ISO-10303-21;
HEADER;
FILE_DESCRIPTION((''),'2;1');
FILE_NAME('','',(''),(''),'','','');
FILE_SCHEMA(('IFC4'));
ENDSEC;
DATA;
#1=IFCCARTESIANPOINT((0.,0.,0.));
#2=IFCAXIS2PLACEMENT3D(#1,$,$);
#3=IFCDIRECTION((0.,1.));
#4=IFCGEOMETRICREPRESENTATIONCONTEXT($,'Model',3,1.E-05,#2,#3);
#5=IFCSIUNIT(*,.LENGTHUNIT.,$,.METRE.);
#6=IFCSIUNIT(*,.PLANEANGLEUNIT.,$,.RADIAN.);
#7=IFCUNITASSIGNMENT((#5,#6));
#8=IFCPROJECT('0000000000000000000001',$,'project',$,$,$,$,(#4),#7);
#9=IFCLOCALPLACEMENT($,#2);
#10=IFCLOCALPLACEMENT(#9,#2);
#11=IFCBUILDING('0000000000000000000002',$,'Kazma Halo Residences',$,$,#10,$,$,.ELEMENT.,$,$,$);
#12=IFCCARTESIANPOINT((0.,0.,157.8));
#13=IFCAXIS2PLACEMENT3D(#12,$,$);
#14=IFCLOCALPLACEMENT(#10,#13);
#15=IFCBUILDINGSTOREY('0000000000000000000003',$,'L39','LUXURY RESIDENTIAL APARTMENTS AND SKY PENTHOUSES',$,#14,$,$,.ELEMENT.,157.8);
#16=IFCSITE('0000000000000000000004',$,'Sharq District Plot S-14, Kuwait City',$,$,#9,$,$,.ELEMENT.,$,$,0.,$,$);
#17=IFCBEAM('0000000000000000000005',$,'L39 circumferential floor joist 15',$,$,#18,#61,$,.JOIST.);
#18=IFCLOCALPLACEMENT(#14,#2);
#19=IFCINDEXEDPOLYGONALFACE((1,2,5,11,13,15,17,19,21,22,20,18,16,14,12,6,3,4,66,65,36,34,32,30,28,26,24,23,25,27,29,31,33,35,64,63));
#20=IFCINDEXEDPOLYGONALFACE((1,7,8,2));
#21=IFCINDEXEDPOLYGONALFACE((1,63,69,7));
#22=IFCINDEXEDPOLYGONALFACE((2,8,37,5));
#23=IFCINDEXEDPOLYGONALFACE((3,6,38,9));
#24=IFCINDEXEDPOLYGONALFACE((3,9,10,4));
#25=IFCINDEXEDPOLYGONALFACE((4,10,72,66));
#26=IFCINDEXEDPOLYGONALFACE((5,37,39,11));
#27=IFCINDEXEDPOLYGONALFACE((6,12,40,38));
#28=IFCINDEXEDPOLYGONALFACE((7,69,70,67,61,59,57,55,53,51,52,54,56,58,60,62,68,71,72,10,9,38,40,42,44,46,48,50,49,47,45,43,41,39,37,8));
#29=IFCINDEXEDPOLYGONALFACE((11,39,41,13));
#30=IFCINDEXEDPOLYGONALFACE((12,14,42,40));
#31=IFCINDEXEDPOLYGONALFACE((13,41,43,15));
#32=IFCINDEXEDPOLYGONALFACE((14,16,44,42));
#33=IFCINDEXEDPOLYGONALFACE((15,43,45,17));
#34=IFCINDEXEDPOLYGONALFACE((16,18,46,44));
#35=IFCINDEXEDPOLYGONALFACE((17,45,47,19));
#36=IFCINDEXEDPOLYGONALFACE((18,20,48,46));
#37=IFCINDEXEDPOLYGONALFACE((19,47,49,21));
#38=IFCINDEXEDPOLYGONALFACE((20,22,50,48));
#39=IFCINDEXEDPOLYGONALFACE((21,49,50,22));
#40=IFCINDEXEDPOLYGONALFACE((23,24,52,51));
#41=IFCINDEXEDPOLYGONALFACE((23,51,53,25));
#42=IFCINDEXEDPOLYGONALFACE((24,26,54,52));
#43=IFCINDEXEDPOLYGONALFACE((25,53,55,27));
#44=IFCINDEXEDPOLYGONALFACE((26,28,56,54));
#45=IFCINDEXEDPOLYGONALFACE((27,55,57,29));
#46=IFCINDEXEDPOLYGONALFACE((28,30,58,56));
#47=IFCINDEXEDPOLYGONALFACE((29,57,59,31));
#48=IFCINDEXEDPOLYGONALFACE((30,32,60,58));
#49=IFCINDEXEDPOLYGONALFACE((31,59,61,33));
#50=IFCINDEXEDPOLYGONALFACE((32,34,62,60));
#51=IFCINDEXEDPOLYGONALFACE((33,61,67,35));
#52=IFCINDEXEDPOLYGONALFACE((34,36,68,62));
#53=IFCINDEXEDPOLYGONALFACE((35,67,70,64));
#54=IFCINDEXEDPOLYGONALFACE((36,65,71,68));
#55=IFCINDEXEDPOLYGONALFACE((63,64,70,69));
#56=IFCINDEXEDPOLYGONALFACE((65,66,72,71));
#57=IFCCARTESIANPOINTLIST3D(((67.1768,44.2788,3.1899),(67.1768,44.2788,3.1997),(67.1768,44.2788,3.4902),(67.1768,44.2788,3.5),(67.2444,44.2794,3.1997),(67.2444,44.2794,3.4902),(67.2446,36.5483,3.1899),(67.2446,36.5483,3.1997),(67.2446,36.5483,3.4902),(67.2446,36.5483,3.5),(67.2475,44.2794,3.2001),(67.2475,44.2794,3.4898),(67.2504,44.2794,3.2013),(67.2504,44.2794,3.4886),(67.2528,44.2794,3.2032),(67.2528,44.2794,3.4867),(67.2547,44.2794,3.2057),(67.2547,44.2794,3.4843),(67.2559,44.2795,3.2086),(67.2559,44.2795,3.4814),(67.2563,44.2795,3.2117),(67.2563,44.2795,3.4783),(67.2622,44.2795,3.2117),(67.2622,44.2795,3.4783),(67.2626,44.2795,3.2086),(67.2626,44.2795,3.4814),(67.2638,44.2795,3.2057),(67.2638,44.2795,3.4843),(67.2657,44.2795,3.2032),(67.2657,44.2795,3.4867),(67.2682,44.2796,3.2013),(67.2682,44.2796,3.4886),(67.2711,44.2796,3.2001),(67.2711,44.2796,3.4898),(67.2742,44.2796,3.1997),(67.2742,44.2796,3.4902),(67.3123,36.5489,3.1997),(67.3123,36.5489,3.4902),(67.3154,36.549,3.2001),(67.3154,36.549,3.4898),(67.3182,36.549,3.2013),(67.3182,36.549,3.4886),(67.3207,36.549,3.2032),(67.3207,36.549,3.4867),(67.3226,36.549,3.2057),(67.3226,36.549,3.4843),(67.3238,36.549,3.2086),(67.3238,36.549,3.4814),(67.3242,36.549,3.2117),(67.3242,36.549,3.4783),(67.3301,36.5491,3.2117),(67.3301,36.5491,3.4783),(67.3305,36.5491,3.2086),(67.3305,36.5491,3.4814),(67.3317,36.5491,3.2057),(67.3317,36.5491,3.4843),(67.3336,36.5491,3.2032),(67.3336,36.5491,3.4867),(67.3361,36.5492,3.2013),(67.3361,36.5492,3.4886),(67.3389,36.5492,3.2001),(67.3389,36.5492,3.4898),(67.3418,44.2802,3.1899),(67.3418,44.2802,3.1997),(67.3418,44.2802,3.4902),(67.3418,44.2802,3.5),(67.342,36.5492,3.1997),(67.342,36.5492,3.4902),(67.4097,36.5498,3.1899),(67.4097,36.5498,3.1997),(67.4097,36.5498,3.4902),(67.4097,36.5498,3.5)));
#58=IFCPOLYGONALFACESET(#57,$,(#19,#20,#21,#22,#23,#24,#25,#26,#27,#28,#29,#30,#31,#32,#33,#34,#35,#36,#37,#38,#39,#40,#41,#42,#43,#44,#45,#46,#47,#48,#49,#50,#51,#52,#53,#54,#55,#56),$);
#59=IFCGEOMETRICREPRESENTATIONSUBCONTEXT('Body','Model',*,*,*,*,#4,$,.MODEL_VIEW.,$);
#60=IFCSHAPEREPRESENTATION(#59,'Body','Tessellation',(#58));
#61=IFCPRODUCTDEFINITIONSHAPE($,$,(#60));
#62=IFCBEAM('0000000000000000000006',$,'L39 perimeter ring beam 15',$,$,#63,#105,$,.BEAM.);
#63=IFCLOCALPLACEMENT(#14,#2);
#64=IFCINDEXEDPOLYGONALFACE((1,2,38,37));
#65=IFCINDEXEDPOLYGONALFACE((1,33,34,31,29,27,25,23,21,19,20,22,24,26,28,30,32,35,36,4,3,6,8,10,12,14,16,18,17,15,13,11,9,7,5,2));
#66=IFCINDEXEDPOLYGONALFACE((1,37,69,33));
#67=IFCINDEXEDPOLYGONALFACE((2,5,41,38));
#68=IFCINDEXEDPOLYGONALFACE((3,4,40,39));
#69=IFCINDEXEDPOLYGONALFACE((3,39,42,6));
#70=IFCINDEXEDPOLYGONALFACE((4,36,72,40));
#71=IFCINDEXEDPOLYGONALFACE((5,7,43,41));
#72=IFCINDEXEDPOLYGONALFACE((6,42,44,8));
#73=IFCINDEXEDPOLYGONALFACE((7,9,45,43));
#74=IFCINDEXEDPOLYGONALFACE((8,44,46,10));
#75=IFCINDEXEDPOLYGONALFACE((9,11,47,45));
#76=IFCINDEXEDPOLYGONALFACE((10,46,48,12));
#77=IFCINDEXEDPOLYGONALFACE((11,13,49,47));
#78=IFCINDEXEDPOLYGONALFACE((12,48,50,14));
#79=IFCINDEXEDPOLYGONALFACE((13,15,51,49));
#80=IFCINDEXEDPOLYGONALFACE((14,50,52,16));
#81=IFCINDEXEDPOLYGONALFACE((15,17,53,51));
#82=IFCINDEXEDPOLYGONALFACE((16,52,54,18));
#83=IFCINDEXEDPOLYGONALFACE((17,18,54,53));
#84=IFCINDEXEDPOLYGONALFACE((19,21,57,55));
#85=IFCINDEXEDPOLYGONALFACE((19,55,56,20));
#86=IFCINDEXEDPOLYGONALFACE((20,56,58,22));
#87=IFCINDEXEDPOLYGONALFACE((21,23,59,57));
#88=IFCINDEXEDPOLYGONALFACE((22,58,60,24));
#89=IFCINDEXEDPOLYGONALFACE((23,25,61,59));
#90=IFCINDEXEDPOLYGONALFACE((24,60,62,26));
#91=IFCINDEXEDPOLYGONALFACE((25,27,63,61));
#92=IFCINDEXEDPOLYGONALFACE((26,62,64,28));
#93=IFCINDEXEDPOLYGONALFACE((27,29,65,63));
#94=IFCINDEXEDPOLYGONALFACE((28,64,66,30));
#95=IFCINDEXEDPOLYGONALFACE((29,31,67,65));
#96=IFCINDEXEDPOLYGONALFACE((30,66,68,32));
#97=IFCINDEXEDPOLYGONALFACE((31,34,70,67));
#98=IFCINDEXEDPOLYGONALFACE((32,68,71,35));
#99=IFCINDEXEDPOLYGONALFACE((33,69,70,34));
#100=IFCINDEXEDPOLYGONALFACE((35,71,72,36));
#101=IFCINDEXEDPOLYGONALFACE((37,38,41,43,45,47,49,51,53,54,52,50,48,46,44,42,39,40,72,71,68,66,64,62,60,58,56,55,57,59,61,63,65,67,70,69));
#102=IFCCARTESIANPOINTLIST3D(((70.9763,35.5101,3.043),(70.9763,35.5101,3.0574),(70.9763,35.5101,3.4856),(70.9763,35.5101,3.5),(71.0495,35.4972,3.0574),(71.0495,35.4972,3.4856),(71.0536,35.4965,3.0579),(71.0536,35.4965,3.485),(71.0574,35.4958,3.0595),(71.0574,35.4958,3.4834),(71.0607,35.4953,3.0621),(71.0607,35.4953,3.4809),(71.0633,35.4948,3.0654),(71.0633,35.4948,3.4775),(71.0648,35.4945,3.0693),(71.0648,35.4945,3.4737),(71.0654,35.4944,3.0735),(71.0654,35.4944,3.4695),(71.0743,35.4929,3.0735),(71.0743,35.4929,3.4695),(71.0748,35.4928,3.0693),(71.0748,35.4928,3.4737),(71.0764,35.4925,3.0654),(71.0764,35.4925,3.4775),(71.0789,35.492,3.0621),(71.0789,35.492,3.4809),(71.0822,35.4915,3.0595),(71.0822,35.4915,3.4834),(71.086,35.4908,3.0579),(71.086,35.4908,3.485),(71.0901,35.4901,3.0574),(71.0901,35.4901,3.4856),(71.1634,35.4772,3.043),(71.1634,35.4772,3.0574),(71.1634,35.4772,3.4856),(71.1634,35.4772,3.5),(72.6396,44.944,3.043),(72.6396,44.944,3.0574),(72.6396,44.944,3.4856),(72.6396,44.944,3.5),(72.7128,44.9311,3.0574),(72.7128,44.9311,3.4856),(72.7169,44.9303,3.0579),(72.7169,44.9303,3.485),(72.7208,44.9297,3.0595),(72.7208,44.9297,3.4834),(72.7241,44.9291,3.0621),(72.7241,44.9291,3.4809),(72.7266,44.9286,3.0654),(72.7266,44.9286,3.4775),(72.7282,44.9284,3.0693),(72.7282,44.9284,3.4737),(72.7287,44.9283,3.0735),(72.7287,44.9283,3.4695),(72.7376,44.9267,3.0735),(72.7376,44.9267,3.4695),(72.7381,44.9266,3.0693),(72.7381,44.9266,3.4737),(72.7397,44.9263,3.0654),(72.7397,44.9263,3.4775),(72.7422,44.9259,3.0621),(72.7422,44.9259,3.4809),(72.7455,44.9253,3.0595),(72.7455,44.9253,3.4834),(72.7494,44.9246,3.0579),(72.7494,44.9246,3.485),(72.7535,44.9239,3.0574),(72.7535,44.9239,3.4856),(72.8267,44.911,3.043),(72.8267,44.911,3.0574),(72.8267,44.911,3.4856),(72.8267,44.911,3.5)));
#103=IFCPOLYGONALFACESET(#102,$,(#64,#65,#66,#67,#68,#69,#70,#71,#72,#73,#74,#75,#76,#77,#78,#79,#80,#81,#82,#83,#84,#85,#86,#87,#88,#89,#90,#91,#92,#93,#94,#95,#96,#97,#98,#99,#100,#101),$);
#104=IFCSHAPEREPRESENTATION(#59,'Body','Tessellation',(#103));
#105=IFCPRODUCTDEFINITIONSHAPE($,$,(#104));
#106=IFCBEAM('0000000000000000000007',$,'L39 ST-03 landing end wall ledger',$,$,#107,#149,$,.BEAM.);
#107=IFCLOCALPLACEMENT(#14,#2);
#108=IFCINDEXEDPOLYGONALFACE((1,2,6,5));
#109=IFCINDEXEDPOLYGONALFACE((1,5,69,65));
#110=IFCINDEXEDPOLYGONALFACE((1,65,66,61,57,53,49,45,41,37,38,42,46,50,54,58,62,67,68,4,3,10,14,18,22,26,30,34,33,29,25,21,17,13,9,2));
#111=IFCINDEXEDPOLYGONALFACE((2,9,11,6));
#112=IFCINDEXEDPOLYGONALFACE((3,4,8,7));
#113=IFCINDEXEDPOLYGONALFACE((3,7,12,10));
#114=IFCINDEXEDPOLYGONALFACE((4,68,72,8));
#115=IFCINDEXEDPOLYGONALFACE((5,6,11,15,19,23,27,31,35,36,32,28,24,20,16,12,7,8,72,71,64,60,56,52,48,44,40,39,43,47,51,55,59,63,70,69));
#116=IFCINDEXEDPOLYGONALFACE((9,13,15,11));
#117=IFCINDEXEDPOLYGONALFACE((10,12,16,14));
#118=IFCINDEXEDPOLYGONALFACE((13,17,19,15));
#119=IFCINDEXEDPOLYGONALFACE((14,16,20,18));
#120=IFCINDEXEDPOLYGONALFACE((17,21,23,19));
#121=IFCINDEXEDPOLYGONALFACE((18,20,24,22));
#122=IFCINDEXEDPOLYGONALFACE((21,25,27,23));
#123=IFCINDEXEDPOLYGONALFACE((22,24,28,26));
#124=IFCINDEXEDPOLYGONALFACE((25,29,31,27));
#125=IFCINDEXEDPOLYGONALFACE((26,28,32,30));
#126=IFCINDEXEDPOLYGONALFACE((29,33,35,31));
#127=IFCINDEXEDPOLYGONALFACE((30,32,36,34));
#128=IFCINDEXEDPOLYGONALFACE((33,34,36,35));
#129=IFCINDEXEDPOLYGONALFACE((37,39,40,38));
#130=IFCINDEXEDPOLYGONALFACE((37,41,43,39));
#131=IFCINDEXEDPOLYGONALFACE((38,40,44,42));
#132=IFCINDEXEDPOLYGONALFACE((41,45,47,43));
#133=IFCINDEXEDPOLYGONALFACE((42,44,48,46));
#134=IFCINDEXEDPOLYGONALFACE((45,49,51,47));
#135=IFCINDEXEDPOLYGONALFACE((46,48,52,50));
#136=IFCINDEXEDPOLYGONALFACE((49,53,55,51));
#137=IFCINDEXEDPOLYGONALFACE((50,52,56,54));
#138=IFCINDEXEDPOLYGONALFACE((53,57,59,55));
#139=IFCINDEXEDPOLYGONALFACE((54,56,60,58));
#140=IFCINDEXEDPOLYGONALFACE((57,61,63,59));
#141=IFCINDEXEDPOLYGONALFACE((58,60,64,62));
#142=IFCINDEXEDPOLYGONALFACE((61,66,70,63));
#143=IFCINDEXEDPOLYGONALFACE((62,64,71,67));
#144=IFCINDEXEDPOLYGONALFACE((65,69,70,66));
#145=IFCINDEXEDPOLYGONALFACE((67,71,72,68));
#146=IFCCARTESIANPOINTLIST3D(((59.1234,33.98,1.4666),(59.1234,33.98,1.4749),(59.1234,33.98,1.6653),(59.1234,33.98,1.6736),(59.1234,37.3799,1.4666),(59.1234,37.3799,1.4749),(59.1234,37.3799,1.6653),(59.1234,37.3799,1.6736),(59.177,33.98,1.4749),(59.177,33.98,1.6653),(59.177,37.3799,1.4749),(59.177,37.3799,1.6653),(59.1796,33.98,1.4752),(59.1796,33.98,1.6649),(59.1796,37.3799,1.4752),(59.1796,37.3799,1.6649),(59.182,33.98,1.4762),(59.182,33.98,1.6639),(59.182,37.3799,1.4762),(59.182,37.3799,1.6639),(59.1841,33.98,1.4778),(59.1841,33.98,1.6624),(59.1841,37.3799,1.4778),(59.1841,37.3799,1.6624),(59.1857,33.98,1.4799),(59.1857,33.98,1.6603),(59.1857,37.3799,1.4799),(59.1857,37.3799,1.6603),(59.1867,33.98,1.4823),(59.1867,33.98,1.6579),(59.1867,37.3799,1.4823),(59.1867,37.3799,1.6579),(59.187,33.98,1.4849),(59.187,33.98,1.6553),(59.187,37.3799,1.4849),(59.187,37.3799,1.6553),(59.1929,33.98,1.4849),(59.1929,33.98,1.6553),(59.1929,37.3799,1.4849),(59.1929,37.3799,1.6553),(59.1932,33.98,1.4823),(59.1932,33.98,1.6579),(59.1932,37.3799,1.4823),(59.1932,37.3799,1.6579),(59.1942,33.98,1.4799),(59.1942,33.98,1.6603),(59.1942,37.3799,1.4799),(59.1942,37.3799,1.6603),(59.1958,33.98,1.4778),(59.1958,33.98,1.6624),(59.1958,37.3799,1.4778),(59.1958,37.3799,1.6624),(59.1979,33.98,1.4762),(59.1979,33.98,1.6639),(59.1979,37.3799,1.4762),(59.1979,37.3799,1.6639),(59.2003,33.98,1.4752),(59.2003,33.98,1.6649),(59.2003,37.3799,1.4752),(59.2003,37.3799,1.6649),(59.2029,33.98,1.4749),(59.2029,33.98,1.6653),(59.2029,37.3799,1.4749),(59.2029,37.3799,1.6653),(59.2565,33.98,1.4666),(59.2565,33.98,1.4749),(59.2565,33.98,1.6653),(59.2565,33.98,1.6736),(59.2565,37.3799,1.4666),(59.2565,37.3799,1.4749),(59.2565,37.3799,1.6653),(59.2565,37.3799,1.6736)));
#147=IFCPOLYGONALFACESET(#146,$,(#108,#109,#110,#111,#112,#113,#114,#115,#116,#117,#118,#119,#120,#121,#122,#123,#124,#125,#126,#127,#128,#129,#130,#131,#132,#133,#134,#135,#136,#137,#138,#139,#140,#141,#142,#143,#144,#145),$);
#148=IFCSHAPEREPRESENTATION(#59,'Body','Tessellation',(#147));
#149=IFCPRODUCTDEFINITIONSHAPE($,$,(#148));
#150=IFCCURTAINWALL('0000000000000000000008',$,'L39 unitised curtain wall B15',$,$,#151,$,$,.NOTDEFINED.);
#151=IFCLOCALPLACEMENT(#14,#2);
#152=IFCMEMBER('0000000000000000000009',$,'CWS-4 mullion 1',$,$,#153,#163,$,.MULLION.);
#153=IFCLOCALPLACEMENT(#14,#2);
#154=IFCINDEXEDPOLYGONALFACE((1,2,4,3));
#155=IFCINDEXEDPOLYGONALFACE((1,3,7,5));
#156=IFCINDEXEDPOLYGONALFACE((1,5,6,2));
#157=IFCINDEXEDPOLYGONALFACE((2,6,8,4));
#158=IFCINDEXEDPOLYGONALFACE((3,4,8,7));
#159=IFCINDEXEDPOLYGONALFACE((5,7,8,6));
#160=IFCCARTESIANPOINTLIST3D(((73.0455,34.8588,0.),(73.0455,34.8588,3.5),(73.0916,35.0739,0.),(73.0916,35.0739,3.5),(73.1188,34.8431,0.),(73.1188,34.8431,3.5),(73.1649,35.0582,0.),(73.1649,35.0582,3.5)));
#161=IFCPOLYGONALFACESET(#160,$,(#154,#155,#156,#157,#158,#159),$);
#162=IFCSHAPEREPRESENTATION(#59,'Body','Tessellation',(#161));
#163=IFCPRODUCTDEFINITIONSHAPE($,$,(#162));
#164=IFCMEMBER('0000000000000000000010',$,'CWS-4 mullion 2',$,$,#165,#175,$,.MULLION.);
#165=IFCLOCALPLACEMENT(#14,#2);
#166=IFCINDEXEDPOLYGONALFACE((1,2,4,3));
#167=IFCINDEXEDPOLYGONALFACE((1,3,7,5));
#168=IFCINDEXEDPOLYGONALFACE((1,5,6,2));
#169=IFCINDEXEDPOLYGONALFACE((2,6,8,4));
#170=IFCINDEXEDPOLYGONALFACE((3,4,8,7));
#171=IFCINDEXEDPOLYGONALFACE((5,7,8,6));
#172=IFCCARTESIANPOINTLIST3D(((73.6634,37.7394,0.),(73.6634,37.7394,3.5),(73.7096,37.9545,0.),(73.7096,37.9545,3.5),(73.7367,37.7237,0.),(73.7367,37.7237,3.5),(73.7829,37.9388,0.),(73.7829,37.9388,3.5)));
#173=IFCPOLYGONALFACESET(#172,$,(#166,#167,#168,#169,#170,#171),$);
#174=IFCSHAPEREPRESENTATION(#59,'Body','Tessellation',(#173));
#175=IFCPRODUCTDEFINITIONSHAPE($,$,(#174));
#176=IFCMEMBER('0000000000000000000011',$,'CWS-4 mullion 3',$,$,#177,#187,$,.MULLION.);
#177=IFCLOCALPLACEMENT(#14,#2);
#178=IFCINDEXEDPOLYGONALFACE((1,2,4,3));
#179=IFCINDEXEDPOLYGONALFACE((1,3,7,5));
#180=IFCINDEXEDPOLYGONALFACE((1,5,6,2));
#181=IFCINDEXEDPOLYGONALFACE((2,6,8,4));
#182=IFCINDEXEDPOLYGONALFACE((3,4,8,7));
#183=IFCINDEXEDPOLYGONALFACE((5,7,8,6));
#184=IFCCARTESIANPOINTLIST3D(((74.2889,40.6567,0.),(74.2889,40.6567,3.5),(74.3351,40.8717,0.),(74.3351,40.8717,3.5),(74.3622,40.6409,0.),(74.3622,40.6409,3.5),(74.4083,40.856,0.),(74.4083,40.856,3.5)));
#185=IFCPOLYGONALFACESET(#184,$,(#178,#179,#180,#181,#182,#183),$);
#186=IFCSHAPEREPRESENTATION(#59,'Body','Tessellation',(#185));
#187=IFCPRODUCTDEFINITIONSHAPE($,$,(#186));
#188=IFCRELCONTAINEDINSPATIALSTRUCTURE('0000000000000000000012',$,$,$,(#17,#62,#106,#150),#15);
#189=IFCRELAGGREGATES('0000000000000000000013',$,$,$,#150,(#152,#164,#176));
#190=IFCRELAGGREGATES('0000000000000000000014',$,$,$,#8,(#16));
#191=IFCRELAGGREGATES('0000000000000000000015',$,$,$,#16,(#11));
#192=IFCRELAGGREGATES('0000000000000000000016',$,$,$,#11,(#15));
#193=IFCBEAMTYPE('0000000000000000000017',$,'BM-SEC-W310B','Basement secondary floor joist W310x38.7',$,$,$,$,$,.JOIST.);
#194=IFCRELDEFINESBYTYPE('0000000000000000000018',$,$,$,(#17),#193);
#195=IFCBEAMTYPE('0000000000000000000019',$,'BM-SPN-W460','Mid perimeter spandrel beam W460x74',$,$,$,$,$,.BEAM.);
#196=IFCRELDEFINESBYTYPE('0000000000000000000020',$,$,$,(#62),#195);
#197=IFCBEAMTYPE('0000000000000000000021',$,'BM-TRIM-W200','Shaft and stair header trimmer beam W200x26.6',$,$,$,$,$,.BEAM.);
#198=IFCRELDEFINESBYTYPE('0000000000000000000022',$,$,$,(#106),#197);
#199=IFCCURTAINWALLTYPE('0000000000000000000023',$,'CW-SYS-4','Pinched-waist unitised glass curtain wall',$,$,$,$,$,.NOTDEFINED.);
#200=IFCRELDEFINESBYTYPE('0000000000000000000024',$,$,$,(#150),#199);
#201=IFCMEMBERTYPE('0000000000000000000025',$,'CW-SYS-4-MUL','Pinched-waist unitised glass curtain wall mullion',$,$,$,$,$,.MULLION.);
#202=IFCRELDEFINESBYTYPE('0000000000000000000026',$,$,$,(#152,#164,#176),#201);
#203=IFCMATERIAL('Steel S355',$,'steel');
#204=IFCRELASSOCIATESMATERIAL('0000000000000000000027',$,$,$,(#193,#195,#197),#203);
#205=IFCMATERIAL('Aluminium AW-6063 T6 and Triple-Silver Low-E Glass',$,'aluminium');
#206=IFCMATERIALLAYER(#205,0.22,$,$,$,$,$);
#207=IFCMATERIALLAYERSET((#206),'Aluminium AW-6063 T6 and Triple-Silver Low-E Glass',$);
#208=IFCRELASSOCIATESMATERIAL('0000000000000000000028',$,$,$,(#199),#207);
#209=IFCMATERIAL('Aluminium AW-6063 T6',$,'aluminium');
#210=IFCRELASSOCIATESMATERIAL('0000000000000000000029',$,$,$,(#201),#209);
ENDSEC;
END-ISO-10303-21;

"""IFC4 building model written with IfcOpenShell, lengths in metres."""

from ifc_helpers import new_model, si_unit, direction, frame, origin, origin_2d, place, context, subcontext, project, spatial, rectangle, i_section, extrude, material, layer, layer_set, material_profile, profile_set, type_object, element, aggregate, save


model = new_model("IFC4")

# Units and contexts
model_context = context("Model", 3, precision=1e-05, world=origin(), true_north=direction((0.0, 1.0)))
body_context = subcontext(model_context, "Body", "Model", "MODEL_VIEW")
ifc_project = project(units=[si_unit("LENGTHUNIT", "METRE"), si_unit("PLANEANGLEUNIT", "RADIAN")], contexts=[model_context])

# Site, building, storey
site_placement = place(None, origin())
site = spatial("IfcSite", under=ifc_project, at=site_placement, Name="Sharq District Plot S-14, Kuwait City", CompositionType="ELEMENT", RefElevation=0.0)
building_placement = place(site_placement, origin())
building = spatial("IfcBuilding", under=site, at=building_placement, Name="Kazma Halo Residences", CompositionType="ELEMENT")
storey_placement = place(building_placement, frame((0.0, 0.0, 157.8)))
storey = spatial("IfcBuildingStorey", under=building, at=storey_placement, Name="L39", Description="LUXURY RESIDENTIAL APARTMENTS AND SKY PENTHOUSES", CompositionType="ELEMENT", Elevation=157.8)

# Beams
ifc_material_1 = material(Name="Steel S355", Category="steel")
ifc_material_profile_1 = material_profile(ifc_material_1, i_section(OverallWidth=0.165, OverallDepth=0.3101, WebThickness=0.0059, FlangeThickness=0.0098, FilletRadius=0.012, at=origin_2d()), Name="W310x38.7")
ifc_profile_set_1 = profile_set([ifc_material_profile_1], Name="Steel S355")
beam_type_1 = type_object("IfcBeamType", Name="BM-SEC-W310B", Description="Basement secondary floor joist W310x38.7", PredefinedType="JOIST", material=ifc_profile_set_1)
beam_1_placement = place(storey_placement, frame((67.3271, 36.5491, 3.345), z_axis=(-0.008779, 0.999961, 0.0), x_axis=(-0.999961, -0.008779, 0.0)))
element("IfcBeam", 1, at=beam_1_placement, inside=storey, type_object=beam_type_1, Name="L39 circumferential floor joist 15", PredefinedType="JOIST", context=body_context, shape_type="SweptSolid", body=[
    extrude(i_section(OverallWidth=0.165, OverallDepth=0.3101, WebThickness=0.0059, FlangeThickness=0.0098, FilletRadius=0.012, at=origin_2d()), origin(), (0.0, 0.0, 1.0), 7.7307),
])
ifc_material_profile_2 = material_profile(ifc_material_1, i_section(OverallWidth=0.1899, OverallDepth=0.457, WebThickness=0.009, FlangeThickness=0.0144, FilletRadius=0.0161, at=origin_2d()), Name="W460x74")
ifc_profile_set_2 = profile_set([ifc_material_profile_2], Name="Steel S355")
beam_type_2 = type_object("IfcBeamType", Name="BM-SPN-W460", Description="Mid perimeter spandrel beam W460x74", PredefinedType="BEAM", material=ifc_profile_set_2)
beam_2_placement = place(storey_placement, frame((71.0698, 35.4937, 3.2715), z_axis=(0.173637, 0.98481, 0.0), x_axis=(-0.98481, 0.173637, 0.0)))
element("IfcBeam", 2, at=beam_2_placement, inside=storey, type_object=beam_type_2, Name="L39 perimeter ring beam 15", PredefinedType="BEAM", context=body_context, shape_type="SweptSolid", body=[
    extrude(i_section(OverallWidth=0.1899, OverallDepth=0.457, WebThickness=0.009, FlangeThickness=0.0144, FilletRadius=0.0161, at=origin_2d()), origin(), (0.0, 0.0, 1.0), 9.5793),
])
ifc_material_profile_3 = material_profile(ifc_material_1, i_section(OverallWidth=0.1331, OverallDepth=0.207, WebThickness=0.0059, FlangeThickness=0.0083, FilletRadius=0.01, at=origin_2d()), Name="W200x26.6")
ifc_profile_set_3 = profile_set([ifc_material_profile_3], Name="Steel S355")
beam_type_3 = type_object("IfcBeamType", Name="BM-TRIM-W200", Description="Shaft and stair header trimmer beam W200x26.6", PredefinedType="BEAM", material=ifc_profile_set_3)
beam_3_placement = place(storey_placement, frame((59.1899, 33.98, 1.5701), z_axis=(0.0, 1.0, 0.0), x_axis=(-1.0, 0.0, 0.0)))
element("IfcBeam", 3, at=beam_3_placement, inside=storey, type_object=beam_type_3, Name="L39 ST-03 landing end wall ledger", PredefinedType="BEAM", context=body_context, shape_type="SweptSolid", body=[
    extrude(i_section(OverallWidth=0.1331, OverallDepth=0.207, WebThickness=0.0059, FlangeThickness=0.0083, FilletRadius=0.01, at=origin_2d()), origin(), (0.0, 0.0, 1.0), 3.3999),
])

# Curtain wall, members
ifc_material_2 = material(Name="Aluminium AW-6063 T6 and Triple-Silver Low-E Glass", Category="aluminium")
ifc_layer_1 = layer(ifc_material_2, 0.22)
ifc_layer_set_1 = layer_set([ifc_layer_1], Name="Aluminium AW-6063 T6 and Triple-Silver Low-E Glass")
curtain_wall_type = type_object("IfcCurtainWallType", Name="CW-SYS-4", Description="Pinched-waist unitised glass curtain wall", PredefinedType="NOTDEFINED", material=ifc_layer_set_1)
curtain_wall_placement = place(storey_placement, origin())
curtain_wall = element("IfcCurtainWall", 4, at=curtain_wall_placement, inside=storey, type_object=curtain_wall_type, Name="L39 unitised curtain wall B15", PredefinedType="NOTDEFINED")
ifc_material_3 = material(Name="Aluminium AW-6063 T6", Category="aluminium")
ifc_material_profile_4 = material_profile(ifc_material_3, rectangle(XDim=0.075, YDim=0.22, at=origin_2d()), Name="CWM-75x220")
ifc_profile_set_4 = profile_set([ifc_material_profile_4], Name="Aluminium AW-6063 T6")
member_type_1 = type_object("IfcMemberType", Name="CW-SYS-4-MUL", Description="Pinched-waist unitised glass curtain wall mullion", PredefinedType="MULLION", material=ifc_profile_set_4)
member_1_placement = place(storey_placement, frame((73.1052, 34.9585, 0.0), z_axis=(0.0, 0.0, 1.0), x_axis=(-0.977765, 0.209704, 0.0)))
member_1 = element("IfcMember", 5, at=member_1_placement, type_object=member_type_1, Name="CWS-4 mullion 1", PredefinedType="MULLION", context=body_context, shape_type="SweptSolid", body=[
    extrude(rectangle(XDim=0.075, YDim=0.22, at=origin_2d()), origin(), (0.0, 0.0, 1.0), 3.5),
])
member_2_placement = place(storey_placement, frame((73.7231, 37.8391, 0.0), z_axis=(0.0, 0.0, 1.0), x_axis=(-0.977765, 0.209704, 0.0)))
member_2 = element("IfcMember", 6, at=member_2_placement, type_object=member_type_1, Name="CWS-4 mullion 2", PredefinedType="MULLION", context=body_context, shape_type="SweptSolid", body=[
    extrude(rectangle(XDim=0.075, YDim=0.22, at=origin_2d()), origin(), (0.0, 0.0, 1.0), 3.5),
])
member_3_placement = place(storey_placement, frame((74.3486, 40.7563, 0.0), z_axis=(0.0, 0.0, 1.0), x_axis=(-0.977765, 0.209704, 0.0)))
member_3 = element("IfcMember", 7, at=member_3_placement, type_object=member_type_1, Name="CWS-4 mullion 3", PredefinedType="MULLION", context=body_context, shape_type="SweptSolid", body=[
    extrude(rectangle(XDim=0.075, YDim=0.22, at=origin_2d()), origin(), (0.0, 0.0, 1.0), 3.5),
])
aggregate(curtain_wall, [member_1, member_2, member_3])

save(model, "model.ifc")
